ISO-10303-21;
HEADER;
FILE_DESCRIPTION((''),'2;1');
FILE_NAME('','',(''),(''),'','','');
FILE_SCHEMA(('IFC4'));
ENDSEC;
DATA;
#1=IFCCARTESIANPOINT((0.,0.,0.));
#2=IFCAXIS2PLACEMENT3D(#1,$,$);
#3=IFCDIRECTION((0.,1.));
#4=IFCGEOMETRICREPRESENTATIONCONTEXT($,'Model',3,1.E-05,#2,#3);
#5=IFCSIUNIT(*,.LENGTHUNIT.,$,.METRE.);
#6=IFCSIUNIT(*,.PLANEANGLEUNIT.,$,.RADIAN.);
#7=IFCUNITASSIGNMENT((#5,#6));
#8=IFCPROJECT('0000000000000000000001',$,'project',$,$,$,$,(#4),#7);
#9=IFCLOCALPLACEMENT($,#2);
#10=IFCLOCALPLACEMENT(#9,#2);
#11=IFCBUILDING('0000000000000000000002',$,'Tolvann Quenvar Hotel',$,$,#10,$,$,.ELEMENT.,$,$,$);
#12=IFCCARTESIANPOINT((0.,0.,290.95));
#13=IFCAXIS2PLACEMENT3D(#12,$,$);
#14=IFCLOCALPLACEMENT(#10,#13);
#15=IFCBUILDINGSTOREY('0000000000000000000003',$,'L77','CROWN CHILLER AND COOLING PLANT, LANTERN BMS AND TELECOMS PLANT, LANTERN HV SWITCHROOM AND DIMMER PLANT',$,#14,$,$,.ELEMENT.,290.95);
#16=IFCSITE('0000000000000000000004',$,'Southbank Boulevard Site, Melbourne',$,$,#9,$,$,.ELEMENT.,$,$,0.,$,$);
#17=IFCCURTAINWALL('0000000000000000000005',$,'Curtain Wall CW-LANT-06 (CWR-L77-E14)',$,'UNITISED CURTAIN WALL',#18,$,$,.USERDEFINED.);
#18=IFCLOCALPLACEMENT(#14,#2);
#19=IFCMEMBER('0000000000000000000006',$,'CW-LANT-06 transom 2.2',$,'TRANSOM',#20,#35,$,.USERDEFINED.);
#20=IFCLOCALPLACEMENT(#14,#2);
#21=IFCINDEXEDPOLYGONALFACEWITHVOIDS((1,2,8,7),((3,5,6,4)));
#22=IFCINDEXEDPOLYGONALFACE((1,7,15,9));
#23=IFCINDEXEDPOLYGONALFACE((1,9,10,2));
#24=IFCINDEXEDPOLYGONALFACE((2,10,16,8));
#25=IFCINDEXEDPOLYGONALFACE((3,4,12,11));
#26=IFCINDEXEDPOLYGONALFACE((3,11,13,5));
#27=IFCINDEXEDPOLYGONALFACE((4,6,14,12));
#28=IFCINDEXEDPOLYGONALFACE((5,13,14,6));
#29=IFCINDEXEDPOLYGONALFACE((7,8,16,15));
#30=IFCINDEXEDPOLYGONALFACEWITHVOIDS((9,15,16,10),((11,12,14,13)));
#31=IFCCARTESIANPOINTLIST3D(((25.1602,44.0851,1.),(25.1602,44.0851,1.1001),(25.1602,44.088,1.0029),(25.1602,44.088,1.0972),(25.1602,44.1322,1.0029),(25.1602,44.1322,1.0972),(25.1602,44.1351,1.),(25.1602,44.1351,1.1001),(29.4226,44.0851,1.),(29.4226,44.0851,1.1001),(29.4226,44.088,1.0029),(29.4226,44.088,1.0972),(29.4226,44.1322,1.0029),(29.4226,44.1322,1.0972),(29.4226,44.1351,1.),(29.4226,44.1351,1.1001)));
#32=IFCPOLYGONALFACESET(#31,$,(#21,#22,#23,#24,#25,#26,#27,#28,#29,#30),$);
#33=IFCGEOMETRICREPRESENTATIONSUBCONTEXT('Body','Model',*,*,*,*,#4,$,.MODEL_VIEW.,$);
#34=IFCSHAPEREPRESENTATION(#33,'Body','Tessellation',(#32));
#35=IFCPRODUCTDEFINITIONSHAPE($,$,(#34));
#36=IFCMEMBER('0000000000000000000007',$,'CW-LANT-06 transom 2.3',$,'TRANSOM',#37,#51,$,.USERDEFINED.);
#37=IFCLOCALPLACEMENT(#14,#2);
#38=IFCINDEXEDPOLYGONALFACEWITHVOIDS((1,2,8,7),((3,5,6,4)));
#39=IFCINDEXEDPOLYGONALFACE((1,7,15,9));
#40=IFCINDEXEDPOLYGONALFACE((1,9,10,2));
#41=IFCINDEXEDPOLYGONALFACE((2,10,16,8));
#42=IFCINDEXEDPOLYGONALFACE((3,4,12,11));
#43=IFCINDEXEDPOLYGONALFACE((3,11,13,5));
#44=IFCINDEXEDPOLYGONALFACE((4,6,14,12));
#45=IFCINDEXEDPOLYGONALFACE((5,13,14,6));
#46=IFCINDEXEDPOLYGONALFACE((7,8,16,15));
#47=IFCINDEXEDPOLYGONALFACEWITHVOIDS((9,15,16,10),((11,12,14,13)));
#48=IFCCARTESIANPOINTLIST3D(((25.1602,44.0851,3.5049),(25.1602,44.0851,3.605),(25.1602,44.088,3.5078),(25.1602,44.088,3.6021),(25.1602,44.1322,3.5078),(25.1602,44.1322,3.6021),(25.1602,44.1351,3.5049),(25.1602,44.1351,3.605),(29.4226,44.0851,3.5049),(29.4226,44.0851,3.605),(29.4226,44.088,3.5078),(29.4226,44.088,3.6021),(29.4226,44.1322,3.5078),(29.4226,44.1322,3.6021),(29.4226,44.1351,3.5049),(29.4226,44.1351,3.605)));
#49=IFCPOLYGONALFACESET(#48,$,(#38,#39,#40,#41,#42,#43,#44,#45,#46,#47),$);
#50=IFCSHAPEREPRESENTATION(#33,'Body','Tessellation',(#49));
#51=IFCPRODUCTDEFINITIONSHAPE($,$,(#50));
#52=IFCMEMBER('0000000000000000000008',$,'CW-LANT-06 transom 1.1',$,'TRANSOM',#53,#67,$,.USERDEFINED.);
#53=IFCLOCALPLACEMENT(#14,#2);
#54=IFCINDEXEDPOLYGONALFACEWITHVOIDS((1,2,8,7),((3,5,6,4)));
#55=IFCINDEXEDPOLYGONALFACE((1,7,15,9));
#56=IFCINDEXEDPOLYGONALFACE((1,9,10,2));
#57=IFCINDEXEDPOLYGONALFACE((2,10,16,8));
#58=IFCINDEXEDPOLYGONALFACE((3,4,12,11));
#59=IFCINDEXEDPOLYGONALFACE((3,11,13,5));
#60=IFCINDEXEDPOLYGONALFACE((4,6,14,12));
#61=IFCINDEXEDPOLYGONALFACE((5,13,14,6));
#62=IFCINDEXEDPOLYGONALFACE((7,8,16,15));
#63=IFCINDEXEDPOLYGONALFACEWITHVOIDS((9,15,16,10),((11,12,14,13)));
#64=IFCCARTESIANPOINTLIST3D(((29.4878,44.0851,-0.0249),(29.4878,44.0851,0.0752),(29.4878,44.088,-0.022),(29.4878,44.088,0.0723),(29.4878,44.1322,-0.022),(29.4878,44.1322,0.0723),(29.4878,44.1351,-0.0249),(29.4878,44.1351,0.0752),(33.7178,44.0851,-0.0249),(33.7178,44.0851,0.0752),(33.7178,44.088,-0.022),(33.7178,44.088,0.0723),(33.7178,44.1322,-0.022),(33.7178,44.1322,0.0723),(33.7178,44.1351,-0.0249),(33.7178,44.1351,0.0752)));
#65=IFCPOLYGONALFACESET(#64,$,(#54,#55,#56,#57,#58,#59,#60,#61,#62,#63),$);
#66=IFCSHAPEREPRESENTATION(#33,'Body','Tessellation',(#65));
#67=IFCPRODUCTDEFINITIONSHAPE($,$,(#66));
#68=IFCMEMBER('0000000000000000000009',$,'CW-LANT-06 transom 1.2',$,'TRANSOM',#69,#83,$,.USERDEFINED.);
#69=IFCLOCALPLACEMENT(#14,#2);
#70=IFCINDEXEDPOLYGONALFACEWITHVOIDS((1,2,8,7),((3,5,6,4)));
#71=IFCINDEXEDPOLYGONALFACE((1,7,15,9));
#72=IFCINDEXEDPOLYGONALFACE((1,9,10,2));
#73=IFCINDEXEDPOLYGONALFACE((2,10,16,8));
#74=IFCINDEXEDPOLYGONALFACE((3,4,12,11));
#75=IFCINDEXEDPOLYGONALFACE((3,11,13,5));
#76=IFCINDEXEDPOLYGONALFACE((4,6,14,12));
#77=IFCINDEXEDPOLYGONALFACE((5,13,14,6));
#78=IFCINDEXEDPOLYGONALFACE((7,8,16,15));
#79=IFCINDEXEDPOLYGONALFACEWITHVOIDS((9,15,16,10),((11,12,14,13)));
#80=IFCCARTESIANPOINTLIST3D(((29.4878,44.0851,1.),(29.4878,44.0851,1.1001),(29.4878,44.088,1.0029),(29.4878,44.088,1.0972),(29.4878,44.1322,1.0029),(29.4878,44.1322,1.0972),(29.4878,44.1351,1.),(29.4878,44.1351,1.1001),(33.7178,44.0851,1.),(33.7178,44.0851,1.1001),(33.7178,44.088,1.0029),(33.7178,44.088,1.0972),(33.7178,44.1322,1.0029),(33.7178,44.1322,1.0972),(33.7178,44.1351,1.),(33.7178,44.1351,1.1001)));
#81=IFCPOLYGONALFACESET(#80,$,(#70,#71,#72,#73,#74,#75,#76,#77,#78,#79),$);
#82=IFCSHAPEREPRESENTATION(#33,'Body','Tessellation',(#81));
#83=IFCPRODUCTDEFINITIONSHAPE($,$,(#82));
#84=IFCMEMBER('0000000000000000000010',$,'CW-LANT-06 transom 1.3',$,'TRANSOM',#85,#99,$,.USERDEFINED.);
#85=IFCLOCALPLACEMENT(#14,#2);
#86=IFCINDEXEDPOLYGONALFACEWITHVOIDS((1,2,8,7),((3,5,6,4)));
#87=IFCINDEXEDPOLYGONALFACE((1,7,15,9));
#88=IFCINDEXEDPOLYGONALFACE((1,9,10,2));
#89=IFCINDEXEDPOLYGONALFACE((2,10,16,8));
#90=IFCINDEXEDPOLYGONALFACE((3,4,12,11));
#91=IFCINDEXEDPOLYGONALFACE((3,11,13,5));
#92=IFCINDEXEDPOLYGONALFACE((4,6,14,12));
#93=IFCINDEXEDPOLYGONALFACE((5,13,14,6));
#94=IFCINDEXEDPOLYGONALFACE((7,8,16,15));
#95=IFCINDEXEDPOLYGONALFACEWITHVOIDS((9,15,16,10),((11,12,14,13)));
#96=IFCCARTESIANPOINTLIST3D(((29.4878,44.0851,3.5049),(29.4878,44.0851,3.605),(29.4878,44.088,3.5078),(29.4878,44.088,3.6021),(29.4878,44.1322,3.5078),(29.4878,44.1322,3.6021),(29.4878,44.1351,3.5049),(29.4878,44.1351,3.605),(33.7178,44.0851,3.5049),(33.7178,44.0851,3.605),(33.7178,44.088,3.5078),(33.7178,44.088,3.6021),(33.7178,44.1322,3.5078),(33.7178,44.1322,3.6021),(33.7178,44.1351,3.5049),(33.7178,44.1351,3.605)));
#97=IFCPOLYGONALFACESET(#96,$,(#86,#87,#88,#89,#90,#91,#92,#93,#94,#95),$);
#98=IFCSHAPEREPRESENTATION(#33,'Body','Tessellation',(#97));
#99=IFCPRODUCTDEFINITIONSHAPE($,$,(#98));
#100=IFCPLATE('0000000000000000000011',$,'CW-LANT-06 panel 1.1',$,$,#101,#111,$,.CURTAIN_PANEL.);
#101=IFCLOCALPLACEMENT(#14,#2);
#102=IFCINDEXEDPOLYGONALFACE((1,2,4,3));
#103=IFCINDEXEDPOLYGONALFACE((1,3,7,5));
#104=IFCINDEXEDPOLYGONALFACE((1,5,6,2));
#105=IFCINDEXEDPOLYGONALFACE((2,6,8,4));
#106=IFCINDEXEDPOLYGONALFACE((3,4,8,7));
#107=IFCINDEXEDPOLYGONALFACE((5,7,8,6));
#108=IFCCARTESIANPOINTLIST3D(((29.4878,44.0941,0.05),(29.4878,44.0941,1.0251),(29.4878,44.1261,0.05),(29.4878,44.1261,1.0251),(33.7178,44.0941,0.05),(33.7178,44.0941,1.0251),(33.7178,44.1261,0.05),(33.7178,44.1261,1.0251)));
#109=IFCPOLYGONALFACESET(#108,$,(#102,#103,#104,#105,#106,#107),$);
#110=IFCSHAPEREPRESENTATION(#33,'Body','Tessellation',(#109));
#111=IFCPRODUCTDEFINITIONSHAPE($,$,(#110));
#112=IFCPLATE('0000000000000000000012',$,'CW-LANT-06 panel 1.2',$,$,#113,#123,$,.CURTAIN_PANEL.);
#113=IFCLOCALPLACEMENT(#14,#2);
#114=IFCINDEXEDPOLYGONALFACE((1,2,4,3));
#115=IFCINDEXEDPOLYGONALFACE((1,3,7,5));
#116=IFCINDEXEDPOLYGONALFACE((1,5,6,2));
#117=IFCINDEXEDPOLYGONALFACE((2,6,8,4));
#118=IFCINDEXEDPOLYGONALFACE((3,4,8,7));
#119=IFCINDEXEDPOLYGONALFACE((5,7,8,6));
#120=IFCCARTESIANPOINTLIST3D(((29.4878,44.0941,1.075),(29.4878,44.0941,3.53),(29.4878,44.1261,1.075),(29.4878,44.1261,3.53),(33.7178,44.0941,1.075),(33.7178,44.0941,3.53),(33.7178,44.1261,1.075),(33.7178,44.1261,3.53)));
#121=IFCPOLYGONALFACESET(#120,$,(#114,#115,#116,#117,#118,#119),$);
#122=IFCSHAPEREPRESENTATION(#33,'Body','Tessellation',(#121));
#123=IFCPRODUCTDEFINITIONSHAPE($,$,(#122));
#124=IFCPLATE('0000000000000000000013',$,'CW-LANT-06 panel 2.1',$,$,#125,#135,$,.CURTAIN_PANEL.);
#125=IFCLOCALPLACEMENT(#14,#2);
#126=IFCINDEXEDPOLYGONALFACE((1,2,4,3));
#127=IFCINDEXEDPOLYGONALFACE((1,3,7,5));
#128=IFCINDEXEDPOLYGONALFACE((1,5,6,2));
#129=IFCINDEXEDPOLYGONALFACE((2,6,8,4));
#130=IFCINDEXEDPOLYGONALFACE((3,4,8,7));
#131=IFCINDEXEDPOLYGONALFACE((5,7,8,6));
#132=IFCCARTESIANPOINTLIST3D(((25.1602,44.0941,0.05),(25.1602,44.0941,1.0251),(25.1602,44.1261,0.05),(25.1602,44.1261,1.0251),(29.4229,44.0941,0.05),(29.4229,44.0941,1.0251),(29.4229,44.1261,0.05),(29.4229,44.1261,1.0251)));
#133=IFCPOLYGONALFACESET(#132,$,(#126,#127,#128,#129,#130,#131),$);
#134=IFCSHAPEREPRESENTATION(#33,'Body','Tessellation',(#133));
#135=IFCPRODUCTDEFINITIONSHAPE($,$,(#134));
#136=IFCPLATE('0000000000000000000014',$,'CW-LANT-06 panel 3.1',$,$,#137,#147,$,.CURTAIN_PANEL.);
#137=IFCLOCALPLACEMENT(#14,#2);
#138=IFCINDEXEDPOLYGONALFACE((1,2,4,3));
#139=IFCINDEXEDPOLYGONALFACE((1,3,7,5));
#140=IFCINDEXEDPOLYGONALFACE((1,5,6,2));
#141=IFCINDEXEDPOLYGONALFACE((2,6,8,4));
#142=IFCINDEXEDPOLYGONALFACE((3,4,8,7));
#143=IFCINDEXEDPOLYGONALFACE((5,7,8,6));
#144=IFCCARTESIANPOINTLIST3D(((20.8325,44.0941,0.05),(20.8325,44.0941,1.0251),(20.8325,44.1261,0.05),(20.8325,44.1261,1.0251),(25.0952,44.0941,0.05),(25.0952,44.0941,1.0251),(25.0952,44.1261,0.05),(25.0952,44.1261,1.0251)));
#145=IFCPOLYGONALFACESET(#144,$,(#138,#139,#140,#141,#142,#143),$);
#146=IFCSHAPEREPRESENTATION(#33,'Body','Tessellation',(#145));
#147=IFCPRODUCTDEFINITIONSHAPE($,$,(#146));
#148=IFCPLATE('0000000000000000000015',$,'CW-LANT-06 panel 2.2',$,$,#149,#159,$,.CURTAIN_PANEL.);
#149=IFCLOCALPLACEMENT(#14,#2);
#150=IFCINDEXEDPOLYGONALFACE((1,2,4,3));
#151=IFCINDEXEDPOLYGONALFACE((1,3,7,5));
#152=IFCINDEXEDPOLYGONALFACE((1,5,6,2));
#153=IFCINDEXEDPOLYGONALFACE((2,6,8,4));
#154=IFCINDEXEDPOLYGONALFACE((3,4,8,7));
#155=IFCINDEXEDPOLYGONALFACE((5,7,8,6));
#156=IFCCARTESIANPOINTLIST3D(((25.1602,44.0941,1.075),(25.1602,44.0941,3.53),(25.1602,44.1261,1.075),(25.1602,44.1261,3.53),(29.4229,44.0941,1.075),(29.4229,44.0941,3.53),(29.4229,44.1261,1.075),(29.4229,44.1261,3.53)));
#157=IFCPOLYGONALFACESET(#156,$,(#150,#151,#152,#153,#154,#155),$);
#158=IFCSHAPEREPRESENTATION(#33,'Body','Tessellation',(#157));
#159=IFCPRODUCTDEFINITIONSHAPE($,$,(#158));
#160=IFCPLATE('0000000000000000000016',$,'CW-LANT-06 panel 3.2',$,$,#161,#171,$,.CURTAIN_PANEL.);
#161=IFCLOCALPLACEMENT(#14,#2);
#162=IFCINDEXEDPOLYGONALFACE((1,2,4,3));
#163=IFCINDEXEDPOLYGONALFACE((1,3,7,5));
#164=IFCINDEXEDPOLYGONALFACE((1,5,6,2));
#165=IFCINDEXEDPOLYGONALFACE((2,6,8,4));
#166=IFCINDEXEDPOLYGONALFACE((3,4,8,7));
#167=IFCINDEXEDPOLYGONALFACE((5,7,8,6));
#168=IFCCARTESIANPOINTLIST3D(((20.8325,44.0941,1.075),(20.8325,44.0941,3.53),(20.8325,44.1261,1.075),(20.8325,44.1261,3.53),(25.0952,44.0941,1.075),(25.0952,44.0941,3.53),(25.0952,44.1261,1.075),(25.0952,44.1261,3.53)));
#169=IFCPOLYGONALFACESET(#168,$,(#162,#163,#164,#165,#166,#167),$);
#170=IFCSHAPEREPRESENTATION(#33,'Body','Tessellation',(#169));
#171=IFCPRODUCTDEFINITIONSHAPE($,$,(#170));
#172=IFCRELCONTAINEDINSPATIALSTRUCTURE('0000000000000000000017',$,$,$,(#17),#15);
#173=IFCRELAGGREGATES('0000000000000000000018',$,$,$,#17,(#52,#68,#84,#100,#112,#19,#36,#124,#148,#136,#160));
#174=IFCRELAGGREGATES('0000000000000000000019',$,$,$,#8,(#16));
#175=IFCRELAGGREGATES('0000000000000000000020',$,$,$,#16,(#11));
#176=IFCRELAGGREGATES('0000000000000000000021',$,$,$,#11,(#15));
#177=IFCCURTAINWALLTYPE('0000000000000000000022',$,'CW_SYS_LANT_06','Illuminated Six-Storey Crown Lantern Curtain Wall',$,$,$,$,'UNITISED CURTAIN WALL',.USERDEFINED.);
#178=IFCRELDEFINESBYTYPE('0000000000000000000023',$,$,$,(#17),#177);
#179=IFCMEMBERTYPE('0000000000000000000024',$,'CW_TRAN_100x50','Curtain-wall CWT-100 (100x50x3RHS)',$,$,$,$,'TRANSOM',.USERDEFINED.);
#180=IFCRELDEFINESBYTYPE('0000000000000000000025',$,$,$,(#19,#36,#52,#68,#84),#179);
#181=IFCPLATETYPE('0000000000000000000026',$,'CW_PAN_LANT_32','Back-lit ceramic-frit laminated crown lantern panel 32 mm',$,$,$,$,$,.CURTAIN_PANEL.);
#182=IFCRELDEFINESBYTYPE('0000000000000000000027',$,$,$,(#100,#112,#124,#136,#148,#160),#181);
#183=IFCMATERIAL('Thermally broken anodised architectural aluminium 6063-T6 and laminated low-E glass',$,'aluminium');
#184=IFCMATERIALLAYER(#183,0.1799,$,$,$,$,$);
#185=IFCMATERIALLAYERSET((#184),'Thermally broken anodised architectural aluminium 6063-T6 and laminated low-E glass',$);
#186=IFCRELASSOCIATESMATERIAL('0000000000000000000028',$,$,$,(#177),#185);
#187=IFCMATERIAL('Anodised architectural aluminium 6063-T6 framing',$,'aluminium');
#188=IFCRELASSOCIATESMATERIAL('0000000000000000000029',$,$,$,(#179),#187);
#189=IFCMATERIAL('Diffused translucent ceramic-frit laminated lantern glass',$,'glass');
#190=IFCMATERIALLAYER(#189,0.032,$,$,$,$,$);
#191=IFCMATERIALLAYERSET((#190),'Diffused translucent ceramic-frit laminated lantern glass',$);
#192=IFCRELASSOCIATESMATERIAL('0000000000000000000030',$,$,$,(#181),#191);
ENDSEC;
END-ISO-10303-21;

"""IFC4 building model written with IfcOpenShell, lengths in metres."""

from ifc_helpers import new_model, si_unit, direction, frame, origin, origin_2d, place, context, subcontext, project, spatial, rectangle, hollow_rectangle, extrude, source, transform, mapped, material, layer, layer_set, material_profile, profile_set, type_object, type_shapes, element, aggregate, save


model = new_model("IFC4")

# Units and contexts
model_context = context("Model", 3, precision=1e-05, world=origin(), true_north=direction((0.0, 1.0)))
body_context = subcontext(model_context, "Body", "Model", "MODEL_VIEW")
ifc_project = project(units=[si_unit("LENGTHUNIT", "METRE"), si_unit("PLANEANGLEUNIT", "RADIAN")], contexts=[model_context])

# Site, building, storey
site_placement = place(None, origin())
site = spatial("IfcSite", under=ifc_project, at=site_placement, Name="Southbank Boulevard Site, Melbourne", CompositionType="ELEMENT", RefElevation=0.0)
building_placement = place(site_placement, origin())
building = spatial("IfcBuilding", under=site, at=building_placement, Name="Tolvann Quenvar Hotel", CompositionType="ELEMENT")
storey_placement = place(building_placement, frame((0.0, 0.0, 290.95)))
storey = spatial("IfcBuildingStorey", under=building, at=storey_placement, Name="L77", Description="CROWN CHILLER AND COOLING PLANT, LANTERN BMS AND TELECOMS PLANT, LANTERN HV SWITCHROOM AND DIMMER PLANT", CompositionType="ELEMENT", Elevation=290.95)

# Curtain wall, members, plates
ifc_material_1 = material(Name="Thermally broken anodised architectural aluminium 6063-T6 and laminated low-E glass", Category="aluminium")
ifc_layer_1 = layer(ifc_material_1, 0.1799)
ifc_layer_set_1 = layer_set([ifc_layer_1], Name="Thermally broken anodised architectural aluminium 6063-T6 and laminated low-E glass")
curtain_wall_type = type_object("IfcCurtainWallType", Name="CW_SYS_LANT_06", Description="Illuminated Six-Storey Crown Lantern Curtain Wall", ElementType="UNITISED CURTAIN WALL", PredefinedType="USERDEFINED", material=ifc_layer_set_1)
curtain_wall_placement = place(storey_placement, origin())
curtain_wall = element("IfcCurtainWall", 1, at=curtain_wall_placement, inside=storey, type_object=curtain_wall_type, Name="Curtain Wall CW-LANT-06 (CWR-L77-E14)", ObjectType="UNITISED CURTAIN WALL", PredefinedType="USERDEFINED")
ifc_material_2 = material(Name="Anodised architectural aluminium 6063-T6 framing", Category="aluminium")
ifc_material_profile_1 = material_profile(ifc_material_2, hollow_rectangle(XDim=0.05, YDim=0.1001, WallThickness=0.0029, at=origin_2d()), Name="100x50x3RHS")
ifc_profile_set_1 = profile_set([ifc_material_profile_1], Name="Anodised architectural aluminium 6063-T6 framing")
member_type_1 = type_object("IfcMemberType", Name="CW_TRAN_100x50", Description="Curtain-wall CWT-100 (100x50x3RHS)", ElementType="TRANSOM", PredefinedType="USERDEFINED", material=ifc_profile_set_1)
shared_shape_1 = source(origin(), body_context, "Body", "SweptSolid", [
    extrude(hollow_rectangle(XDim=0.05, YDim=0.1001, WallThickness=0.0029, at=origin_2d()), origin(), (0.0, 0.0, 1.0), 4.2625),
])
member_1_placement = place(storey_placement, frame((29.4226, 44.1101, 1.05), z_axis=(-1.0, 0.0, 0.0), x_axis=(0.0, -1.0, 0.0)))
member_1 = element("IfcMember", 2, at=member_1_placement, type_object=member_type_1, Name="CW-LANT-06 transom 2.2", ObjectType="TRANSOM", PredefinedType="USERDEFINED", context=body_context, shape_type="MappedRepresentation", body=[
    mapped(shared_shape_1, transform((0.0, 0.0, 0.0), x_axis=(1.0, 0.0, 0.0), y_axis=(0.0, 1.0, 0.0), z_axis=(0.0, 0.0, 1.0), scale=1.0)),
])
member_2_placement = place(storey_placement, frame((29.4226, 44.1101, 3.5549), z_axis=(-1.0, 0.0, 0.0), x_axis=(0.0, -1.0, 0.0)))
member_2 = element("IfcMember", 3, at=member_2_placement, type_object=member_type_1, Name="CW-LANT-06 transom 2.3", ObjectType="TRANSOM", PredefinedType="USERDEFINED", context=body_context, shape_type="MappedRepresentation", body=[
    mapped(shared_shape_1, transform((0.0, 0.0, 0.0), x_axis=(1.0, 0.0, 0.0), y_axis=(0.0, 1.0, 0.0), z_axis=(0.0, 0.0, 1.0), scale=1.0)),
])
shared_shape_2 = source(origin(), body_context, "Body", "SweptSolid", [
    extrude(hollow_rectangle(XDim=0.05, YDim=0.1001, WallThickness=0.0029, at=origin_2d()), origin(), (0.0, 0.0, 1.0), 4.23),
])
member_3_placement = place(storey_placement, frame((33.7178, 44.1101, 0.0251), z_axis=(-1.0, 0.0, 0.0), x_axis=(0.0, -1.0, 0.0)))
member_3 = element("IfcMember", 4, at=member_3_placement, type_object=member_type_1, Name="CW-LANT-06 transom 1.1", ObjectType="TRANSOM", PredefinedType="USERDEFINED", context=body_context, shape_type="MappedRepresentation", body=[
    mapped(shared_shape_2, transform((0.0, 0.0, 0.0), x_axis=(1.0, 0.0, 0.0), y_axis=(0.0, 1.0, 0.0), z_axis=(0.0, 0.0, 1.0), scale=1.0)),
])
member_4_placement = place(storey_placement, frame((33.7178, 44.1101, 1.05), z_axis=(-1.0, 0.0, 0.0), x_axis=(0.0, -1.0, 0.0)))
member_4 = element("IfcMember", 5, at=member_4_placement, type_object=member_type_1, Name="CW-LANT-06 transom 1.2", ObjectType="TRANSOM", PredefinedType="USERDEFINED", context=body_context, shape_type="MappedRepresentation", body=[
    mapped(shared_shape_2, transform((0.0, 0.0, 0.0), x_axis=(1.0, 0.0, 0.0), y_axis=(0.0, 1.0, 0.0), z_axis=(0.0, 0.0, 1.0), scale=1.0)),
])
member_5_placement = place(storey_placement, frame((33.7178, 44.1101, 3.5549), z_axis=(-1.0, 0.0, 0.0), x_axis=(0.0, -1.0, 0.0)))
member_5 = element("IfcMember", 6, at=member_5_placement, type_object=member_type_1, Name="CW-LANT-06 transom 1.3", ObjectType="TRANSOM", PredefinedType="USERDEFINED", context=body_context, shape_type="MappedRepresentation", body=[
    mapped(shared_shape_2, transform((0.0, 0.0, 0.0), x_axis=(1.0, 0.0, 0.0), y_axis=(0.0, 1.0, 0.0), z_axis=(0.0, 0.0, 1.0), scale=1.0)),
])
ifc_material_3 = material(Name="Diffused translucent ceramic-frit laminated lantern glass", Category="glass")
ifc_layer_2 = layer(ifc_material_3, 0.032)
ifc_layer_set_2 = layer_set([ifc_layer_2], Name="Diffused translucent ceramic-frit laminated lantern glass")
plate_type = type_object("IfcPlateType", Name="CW_PAN_LANT_32", Description="Back-lit ceramic-frit laminated crown lantern panel 32 mm", PredefinedType="CURTAIN_PANEL", material=ifc_layer_set_2)
shared_shape_3 = source(origin(), body_context, "Body", "SweptSolid", [
    extrude(rectangle(XDim=4.23, YDim=0.032, at=origin_2d()), origin(), (0.0, 0.0, 1.0), 0.9751),
])
plate_1_placement = place(storey_placement, frame((31.6028, 44.1101, 0.05), z_axis=(0.0, 0.0, 1.0), x_axis=(-1.0, 0.0, 0.0)))
plate_1 = element("IfcPlate", 7, at=plate_1_placement, type_object=plate_type, Name="CW-LANT-06 panel 1.1", PredefinedType="CURTAIN_PANEL", context=body_context, shape_type="MappedRepresentation", body=[
    mapped(shared_shape_3, transform((0.0, 0.0, 0.0), x_axis=(1.0, 0.0, 0.0), y_axis=(0.0, 1.0, 0.0), z_axis=(0.0, 0.0, 1.0), scale=1.0)),
])
shared_shape_4 = source(origin(), body_context, "Body", "SweptSolid", [
    extrude(rectangle(XDim=4.23, YDim=0.032, at=origin_2d()), origin(), (0.0, 0.0, 1.0), 2.4551),
])
plate_2_placement = place(storey_placement, frame((31.6028, 44.1101, 1.075), z_axis=(0.0, 0.0, 1.0), x_axis=(-1.0, 0.0, 0.0)))
plate_2 = element("IfcPlate", 8, at=plate_2_placement, type_object=plate_type, Name="CW-LANT-06 panel 1.2", PredefinedType="CURTAIN_PANEL", context=body_context, shape_type="MappedRepresentation", body=[
    mapped(shared_shape_4, transform((0.0, 0.0, 0.0), x_axis=(1.0, 0.0, 0.0), y_axis=(0.0, 1.0, 0.0), z_axis=(0.0, 0.0, 1.0), scale=1.0)),
])
shared_shape_5 = source(origin(), body_context, "Body", "SweptSolid", [
    extrude(rectangle(XDim=4.2627, YDim=0.032, at=origin_2d()), origin(), (0.0, 0.0, 1.0), 0.9751),
])
plate_3_placement = place(storey_placement, frame((27.2915, 44.1101, 0.05), z_axis=(0.0, 0.0, 1.0), x_axis=(-1.0, 0.0, 0.0)))
plate_3 = element("IfcPlate", 9, at=plate_3_placement, type_object=plate_type, Name="CW-LANT-06 panel 2.1", PredefinedType="CURTAIN_PANEL", context=body_context, shape_type="MappedRepresentation", body=[
    mapped(shared_shape_5, transform((0.0, 0.0, 0.0), x_axis=(1.0, 0.0, 0.0), y_axis=(0.0, 1.0, 0.0), z_axis=(0.0, 0.0, 1.0), scale=1.0)),
])
plate_4_placement = place(storey_placement, frame((22.9639, 44.1101, 0.05), z_axis=(0.0, 0.0, 1.0), x_axis=(-1.0, 0.0, 0.0)))
plate_4 = element("IfcPlate", 10, at=plate_4_placement, type_object=plate_type, Name="CW-LANT-06 panel 3.1", PredefinedType="CURTAIN_PANEL", context=body_context, shape_type="MappedRepresentation", body=[
    mapped(shared_shape_5, transform((0.0, 0.0, 0.0), x_axis=(1.0, 0.0, 0.0), y_axis=(0.0, 1.0, 0.0), z_axis=(0.0, 0.0, 1.0), scale=1.0)),
])
shared_shape_6 = source(origin(), body_context, "Body", "SweptSolid", [
    extrude(rectangle(XDim=4.2627, YDim=0.032, at=origin_2d()), origin(), (0.0, 0.0, 1.0), 2.4551),
])
type_shapes(plate_type, [shared_shape_3, shared_shape_4, shared_shape_5, shared_shape_6])
plate_5_placement = place(storey_placement, frame((27.2915, 44.1101, 1.075), z_axis=(0.0, 0.0, 1.0), x_axis=(-1.0, 0.0, 0.0)))
plate_5 = element("IfcPlate", 11, at=plate_5_placement, type_object=plate_type, Name="CW-LANT-06 panel 2.2", PredefinedType="CURTAIN_PANEL", context=body_context, shape_type="MappedRepresentation", body=[
    mapped(shared_shape_6, transform((0.0, 0.0, 0.0), x_axis=(1.0, 0.0, 0.0), y_axis=(0.0, 1.0, 0.0), z_axis=(0.0, 0.0, 1.0), scale=1.0)),
])
plate_6_placement = place(storey_placement, frame((22.9639, 44.1101, 1.075), z_axis=(0.0, 0.0, 1.0), x_axis=(-1.0, 0.0, 0.0)))
plate_6 = element("IfcPlate", 12, at=plate_6_placement, type_object=plate_type, Name="CW-LANT-06 panel 3.2", PredefinedType="CURTAIN_PANEL", context=body_context, shape_type="MappedRepresentation", body=[
    mapped(shared_shape_6, transform((0.0, 0.0, 0.0), x_axis=(1.0, 0.0, 0.0), y_axis=(0.0, 1.0, 0.0), z_axis=(0.0, 0.0, 1.0), scale=1.0)),
])
aggregate(curtain_wall, [member_3, member_4, member_5, plate_1, plate_2, member_1, member_2, plate_3, plate_5, plate_4, plate_6])

save(model, "model.ifc")
